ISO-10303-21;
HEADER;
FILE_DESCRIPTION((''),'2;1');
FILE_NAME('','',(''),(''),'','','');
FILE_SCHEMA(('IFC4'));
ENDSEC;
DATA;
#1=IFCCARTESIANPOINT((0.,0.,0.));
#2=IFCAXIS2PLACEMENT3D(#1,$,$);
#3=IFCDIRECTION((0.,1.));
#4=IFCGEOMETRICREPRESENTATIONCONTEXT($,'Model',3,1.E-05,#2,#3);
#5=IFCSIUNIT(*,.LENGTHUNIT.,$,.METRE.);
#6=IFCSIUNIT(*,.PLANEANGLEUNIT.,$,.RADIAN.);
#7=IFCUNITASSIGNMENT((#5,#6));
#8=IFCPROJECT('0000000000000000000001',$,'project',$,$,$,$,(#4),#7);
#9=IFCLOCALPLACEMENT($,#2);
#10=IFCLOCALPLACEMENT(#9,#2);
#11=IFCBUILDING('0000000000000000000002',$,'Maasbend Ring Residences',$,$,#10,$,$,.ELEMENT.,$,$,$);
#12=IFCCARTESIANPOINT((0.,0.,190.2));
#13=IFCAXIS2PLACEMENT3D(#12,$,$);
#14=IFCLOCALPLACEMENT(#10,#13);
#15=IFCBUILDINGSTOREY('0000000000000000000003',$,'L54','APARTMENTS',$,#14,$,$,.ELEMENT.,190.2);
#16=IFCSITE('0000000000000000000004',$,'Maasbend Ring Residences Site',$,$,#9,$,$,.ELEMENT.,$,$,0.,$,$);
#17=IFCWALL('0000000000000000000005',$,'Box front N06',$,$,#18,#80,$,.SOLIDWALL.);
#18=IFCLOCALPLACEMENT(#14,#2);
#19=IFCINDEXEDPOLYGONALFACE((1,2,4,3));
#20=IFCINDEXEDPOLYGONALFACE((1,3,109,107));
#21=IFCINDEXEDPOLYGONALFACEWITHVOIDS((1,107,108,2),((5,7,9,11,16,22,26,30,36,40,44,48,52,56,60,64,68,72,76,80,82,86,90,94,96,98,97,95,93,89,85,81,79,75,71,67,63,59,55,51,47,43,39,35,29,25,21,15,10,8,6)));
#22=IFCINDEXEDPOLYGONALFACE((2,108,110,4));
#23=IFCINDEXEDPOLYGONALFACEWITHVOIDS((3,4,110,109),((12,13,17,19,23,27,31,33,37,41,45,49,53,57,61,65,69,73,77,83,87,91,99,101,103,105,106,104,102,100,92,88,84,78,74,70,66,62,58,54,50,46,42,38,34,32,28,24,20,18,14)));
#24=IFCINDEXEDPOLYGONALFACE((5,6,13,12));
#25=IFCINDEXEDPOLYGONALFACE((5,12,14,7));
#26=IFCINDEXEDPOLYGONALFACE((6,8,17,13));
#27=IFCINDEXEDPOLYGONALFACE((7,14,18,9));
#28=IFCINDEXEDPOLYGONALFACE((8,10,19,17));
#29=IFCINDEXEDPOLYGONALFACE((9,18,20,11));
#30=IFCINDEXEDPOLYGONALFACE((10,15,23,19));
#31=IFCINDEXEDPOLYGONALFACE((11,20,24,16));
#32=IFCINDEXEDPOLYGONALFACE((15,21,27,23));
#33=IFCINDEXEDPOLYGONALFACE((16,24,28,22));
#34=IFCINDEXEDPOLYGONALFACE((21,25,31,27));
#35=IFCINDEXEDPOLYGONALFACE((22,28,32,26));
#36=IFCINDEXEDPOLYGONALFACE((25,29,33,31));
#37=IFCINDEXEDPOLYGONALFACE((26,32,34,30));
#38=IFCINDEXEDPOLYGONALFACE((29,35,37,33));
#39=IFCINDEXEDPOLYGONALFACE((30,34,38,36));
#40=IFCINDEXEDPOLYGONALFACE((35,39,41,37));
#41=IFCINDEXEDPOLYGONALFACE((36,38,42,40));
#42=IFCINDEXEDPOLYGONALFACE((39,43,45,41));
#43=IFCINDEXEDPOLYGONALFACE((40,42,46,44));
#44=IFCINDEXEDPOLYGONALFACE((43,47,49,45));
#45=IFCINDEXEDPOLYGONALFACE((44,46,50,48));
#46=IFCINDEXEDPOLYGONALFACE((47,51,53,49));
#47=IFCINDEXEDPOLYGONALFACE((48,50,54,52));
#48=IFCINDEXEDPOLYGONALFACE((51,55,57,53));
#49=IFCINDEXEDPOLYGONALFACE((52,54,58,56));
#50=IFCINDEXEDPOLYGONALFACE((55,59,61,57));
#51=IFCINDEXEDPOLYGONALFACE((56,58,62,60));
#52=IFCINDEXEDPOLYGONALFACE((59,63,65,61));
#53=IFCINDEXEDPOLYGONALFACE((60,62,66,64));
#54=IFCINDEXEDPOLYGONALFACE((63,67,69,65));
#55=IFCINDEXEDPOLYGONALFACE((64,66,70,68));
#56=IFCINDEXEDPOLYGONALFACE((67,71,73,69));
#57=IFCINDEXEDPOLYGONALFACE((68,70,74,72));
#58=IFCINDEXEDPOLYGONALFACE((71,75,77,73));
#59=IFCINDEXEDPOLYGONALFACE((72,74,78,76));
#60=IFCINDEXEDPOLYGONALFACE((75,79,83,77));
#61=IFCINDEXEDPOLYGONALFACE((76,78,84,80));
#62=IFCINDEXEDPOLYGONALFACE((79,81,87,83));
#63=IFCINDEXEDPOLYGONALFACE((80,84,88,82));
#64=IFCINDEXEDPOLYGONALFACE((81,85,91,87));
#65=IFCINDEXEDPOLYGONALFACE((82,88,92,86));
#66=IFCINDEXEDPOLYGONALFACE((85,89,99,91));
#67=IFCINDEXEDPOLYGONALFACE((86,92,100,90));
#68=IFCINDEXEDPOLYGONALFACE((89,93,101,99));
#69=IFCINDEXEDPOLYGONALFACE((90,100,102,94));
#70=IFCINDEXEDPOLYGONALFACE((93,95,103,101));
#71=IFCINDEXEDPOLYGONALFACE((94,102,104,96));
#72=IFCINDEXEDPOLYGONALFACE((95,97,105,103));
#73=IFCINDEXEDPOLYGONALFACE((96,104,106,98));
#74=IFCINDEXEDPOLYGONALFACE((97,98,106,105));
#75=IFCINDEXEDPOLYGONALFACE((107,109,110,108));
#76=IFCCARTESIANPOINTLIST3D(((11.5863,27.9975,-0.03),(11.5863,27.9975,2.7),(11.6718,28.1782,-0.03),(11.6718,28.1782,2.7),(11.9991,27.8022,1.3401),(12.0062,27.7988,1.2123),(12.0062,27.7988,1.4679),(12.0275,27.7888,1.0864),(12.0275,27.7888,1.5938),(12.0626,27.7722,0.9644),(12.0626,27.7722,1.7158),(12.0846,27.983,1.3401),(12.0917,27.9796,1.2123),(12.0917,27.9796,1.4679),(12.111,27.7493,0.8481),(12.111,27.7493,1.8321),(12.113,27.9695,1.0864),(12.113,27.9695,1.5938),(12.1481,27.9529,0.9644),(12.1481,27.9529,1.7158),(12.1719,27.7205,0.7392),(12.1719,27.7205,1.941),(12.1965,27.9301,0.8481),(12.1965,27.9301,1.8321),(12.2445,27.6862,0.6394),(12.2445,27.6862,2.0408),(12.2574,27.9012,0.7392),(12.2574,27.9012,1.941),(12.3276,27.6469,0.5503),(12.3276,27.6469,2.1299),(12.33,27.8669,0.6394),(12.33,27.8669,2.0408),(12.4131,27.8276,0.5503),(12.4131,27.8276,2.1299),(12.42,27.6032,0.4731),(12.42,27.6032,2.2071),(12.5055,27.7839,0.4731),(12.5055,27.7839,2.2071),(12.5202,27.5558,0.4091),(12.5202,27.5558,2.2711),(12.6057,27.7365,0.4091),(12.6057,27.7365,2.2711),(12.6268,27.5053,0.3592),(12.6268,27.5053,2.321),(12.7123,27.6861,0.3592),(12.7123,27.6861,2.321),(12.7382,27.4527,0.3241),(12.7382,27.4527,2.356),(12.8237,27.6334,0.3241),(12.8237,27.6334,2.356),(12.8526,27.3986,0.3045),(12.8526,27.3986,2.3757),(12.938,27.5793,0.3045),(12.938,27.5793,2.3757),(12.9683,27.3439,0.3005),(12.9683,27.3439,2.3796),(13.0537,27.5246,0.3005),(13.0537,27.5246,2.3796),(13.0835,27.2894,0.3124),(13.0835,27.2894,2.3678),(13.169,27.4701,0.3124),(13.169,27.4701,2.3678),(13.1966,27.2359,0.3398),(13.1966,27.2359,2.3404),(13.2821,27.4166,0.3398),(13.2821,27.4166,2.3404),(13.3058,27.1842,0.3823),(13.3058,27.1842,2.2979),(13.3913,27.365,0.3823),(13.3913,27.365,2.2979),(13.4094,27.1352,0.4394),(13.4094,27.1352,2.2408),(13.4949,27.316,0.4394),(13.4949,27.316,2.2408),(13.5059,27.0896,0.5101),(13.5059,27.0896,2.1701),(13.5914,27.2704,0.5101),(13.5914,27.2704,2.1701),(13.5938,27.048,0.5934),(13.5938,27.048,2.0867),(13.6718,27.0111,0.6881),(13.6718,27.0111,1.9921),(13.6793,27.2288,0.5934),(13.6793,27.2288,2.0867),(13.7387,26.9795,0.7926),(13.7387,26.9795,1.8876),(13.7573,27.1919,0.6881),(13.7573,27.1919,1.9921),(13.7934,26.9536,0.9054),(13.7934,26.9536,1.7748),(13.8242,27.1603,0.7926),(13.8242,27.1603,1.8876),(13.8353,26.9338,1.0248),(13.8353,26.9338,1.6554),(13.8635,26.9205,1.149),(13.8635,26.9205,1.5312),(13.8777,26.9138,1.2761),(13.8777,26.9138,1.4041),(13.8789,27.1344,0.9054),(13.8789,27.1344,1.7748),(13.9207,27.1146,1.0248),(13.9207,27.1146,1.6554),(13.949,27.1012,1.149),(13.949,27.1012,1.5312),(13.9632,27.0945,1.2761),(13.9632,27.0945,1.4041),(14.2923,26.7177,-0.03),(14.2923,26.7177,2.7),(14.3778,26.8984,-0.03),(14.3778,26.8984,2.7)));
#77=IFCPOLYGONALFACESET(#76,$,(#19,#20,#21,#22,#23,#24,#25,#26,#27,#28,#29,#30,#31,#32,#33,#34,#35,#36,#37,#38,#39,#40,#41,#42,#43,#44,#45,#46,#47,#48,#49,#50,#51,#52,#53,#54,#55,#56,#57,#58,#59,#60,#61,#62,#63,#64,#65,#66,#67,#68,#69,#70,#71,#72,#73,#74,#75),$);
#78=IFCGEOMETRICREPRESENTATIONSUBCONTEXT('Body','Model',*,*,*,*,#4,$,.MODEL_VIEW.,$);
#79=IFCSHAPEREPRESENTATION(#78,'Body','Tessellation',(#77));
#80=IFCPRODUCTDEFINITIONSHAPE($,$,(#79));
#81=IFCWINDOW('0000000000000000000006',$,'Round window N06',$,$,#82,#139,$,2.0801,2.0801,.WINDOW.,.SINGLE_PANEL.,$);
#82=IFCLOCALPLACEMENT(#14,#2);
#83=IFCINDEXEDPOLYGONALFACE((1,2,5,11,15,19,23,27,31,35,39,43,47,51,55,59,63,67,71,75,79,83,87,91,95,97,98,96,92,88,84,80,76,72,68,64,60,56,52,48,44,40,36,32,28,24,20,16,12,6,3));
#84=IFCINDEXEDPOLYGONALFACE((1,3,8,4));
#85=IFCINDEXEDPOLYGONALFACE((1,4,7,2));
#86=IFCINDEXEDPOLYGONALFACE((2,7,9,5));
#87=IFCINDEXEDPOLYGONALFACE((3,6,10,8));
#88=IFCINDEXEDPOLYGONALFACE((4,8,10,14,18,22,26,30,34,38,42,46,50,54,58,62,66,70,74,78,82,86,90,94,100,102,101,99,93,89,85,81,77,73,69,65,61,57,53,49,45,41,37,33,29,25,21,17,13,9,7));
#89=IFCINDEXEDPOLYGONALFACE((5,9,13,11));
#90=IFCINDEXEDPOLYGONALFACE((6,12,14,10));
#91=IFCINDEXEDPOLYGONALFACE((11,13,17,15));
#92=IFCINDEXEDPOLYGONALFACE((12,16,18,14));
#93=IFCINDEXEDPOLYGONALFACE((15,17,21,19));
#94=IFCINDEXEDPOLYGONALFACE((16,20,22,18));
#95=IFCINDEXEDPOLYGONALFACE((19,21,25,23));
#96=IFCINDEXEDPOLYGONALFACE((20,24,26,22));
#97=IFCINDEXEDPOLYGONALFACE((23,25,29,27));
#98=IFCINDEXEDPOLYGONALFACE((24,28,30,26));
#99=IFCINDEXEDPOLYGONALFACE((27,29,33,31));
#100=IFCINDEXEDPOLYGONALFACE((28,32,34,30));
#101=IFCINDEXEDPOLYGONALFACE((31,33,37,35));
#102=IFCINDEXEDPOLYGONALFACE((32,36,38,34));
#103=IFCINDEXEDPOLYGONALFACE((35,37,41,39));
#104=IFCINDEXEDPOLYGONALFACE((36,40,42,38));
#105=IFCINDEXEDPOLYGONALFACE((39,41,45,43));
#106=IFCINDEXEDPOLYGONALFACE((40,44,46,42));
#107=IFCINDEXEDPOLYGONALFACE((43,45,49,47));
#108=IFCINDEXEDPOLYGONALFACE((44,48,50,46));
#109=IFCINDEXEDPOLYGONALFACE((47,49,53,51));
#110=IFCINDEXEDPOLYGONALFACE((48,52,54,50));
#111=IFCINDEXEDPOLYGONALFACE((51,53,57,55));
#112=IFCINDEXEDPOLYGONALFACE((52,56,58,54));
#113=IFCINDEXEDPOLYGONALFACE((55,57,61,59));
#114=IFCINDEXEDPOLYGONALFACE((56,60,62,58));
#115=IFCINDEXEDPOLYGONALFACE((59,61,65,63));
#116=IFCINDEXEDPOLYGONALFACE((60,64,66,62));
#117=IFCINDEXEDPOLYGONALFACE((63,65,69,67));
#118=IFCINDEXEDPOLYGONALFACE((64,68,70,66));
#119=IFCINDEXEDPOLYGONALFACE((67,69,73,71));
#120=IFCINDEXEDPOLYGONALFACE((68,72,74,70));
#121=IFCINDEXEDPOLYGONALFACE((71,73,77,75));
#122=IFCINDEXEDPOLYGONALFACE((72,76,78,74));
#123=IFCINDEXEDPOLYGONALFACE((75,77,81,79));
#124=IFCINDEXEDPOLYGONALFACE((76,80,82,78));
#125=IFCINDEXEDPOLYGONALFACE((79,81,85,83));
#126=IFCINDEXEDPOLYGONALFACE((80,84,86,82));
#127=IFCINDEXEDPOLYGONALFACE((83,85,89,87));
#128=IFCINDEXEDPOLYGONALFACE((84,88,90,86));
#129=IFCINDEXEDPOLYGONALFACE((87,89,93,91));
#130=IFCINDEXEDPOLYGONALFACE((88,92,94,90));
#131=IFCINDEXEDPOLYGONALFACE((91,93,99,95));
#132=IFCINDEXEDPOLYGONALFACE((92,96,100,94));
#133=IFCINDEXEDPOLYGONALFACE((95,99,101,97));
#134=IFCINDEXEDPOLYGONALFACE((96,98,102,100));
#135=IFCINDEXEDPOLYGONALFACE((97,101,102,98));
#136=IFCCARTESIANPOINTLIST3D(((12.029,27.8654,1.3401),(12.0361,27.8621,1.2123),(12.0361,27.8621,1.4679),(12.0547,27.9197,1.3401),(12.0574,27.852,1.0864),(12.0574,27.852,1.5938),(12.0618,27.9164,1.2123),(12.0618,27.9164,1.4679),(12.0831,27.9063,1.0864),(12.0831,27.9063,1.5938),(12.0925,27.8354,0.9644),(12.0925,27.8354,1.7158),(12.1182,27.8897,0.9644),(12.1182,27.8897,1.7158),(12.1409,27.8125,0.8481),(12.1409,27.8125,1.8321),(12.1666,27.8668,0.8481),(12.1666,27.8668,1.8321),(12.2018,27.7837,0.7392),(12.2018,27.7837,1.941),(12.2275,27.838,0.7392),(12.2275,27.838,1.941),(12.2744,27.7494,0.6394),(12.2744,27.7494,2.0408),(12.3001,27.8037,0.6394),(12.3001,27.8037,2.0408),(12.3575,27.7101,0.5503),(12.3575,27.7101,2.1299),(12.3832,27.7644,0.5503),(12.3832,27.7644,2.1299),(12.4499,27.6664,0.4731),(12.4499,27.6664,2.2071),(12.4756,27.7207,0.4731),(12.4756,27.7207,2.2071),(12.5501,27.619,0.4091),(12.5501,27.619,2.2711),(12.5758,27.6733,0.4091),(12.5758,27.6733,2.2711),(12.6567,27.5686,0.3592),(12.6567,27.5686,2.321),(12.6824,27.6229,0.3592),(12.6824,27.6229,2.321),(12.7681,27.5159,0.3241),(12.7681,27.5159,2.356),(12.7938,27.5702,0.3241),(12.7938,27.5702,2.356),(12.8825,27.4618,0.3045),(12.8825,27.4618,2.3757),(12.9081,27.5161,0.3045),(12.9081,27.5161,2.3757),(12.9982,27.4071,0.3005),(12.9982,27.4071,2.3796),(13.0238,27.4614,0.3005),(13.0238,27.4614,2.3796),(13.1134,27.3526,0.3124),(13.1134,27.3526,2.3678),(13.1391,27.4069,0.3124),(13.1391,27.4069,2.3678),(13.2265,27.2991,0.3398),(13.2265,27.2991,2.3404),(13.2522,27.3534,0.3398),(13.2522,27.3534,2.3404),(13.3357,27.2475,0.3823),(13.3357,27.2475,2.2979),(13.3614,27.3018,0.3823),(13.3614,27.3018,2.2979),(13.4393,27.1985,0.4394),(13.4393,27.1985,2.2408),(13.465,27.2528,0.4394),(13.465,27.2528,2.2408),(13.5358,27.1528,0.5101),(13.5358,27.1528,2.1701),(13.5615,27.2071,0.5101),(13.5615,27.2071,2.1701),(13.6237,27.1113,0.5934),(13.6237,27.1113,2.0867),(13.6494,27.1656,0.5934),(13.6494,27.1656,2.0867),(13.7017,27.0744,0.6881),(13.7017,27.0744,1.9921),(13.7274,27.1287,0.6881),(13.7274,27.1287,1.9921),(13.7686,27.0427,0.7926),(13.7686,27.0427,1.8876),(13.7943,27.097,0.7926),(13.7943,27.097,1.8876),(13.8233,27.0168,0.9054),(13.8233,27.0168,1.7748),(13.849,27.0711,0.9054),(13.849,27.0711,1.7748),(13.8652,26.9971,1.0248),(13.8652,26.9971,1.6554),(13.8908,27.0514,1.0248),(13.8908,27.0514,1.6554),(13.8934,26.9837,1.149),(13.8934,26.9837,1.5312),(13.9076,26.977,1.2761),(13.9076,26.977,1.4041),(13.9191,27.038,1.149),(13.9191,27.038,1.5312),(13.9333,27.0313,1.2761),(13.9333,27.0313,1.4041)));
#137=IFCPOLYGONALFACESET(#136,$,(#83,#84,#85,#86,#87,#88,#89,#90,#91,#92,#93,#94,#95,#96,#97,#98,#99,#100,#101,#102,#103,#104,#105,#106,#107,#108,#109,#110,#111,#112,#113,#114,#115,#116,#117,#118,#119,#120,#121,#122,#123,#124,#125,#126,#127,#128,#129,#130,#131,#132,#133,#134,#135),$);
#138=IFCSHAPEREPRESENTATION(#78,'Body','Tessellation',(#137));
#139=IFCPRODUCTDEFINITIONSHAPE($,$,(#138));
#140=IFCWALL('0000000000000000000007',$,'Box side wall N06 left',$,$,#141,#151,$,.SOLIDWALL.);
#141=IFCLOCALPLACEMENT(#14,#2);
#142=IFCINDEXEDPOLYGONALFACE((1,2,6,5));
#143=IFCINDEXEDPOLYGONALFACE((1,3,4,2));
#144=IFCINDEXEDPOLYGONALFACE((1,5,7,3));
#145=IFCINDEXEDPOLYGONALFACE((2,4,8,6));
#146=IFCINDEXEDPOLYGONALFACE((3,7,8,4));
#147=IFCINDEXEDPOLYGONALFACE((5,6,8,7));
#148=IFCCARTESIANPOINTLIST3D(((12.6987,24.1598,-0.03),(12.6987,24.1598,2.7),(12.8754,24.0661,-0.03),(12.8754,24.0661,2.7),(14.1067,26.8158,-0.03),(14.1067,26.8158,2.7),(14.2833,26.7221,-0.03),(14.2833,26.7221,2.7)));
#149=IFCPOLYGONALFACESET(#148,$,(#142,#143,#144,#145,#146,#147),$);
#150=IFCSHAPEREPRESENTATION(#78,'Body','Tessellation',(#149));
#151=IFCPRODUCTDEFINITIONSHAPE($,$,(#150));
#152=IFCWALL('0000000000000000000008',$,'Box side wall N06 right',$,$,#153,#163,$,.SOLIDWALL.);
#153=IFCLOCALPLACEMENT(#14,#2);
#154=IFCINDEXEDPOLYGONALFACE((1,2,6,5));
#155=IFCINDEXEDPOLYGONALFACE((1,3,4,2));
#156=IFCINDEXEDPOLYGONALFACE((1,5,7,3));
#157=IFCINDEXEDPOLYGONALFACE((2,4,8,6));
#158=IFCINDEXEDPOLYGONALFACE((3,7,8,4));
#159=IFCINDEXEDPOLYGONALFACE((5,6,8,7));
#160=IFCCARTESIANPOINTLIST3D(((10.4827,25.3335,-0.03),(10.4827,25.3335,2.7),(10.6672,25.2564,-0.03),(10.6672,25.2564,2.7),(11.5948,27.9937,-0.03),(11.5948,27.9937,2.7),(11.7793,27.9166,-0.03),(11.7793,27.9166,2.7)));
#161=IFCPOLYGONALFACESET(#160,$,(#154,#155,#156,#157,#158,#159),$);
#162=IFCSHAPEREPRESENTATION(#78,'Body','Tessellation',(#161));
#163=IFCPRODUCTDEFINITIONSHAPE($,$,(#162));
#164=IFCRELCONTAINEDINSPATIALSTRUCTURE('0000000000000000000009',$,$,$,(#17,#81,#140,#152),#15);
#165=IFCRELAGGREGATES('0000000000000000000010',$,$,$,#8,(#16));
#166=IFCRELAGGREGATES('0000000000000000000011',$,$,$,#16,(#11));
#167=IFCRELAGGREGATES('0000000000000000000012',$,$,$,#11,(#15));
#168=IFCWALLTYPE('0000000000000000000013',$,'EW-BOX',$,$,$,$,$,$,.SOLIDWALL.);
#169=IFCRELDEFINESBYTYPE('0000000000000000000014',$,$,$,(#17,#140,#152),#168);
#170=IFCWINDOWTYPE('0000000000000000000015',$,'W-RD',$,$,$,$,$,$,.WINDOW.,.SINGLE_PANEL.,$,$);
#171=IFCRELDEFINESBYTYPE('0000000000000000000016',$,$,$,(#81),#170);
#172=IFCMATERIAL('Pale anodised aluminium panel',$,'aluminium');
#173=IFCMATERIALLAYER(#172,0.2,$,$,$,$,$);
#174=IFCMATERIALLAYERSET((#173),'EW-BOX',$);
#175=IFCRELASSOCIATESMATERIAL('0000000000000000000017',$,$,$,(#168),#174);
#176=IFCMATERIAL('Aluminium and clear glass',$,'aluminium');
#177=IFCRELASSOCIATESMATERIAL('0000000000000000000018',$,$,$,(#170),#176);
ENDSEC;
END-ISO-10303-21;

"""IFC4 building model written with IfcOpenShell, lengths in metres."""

from ifc_helpers import new_model, si_unit, direction, frame, frame_2d, origin, place, context, subcontext, project, spatial, rectangle, circle, extrude, material, layer, layer_set, type_object, element, fill, save


model = new_model("IFC4")

# Units and contexts
model_context = context("Model", 3, precision=1e-05, world=origin(), true_north=direction((0.0, 1.0)))
body_context = subcontext(model_context, "Body", "Model", "MODEL_VIEW")
ifc_project = project(units=[si_unit("LENGTHUNIT", "METRE"), si_unit("PLANEANGLEUNIT", "RADIAN")], contexts=[model_context])

# Site, building, storey
site_placement = place(None, origin())
site = spatial("IfcSite", under=ifc_project, at=site_placement, Name="Maasbend Ring Residences Site", CompositionType="ELEMENT", RefElevation=0.0)
building_placement = place(site_placement, origin())
building = spatial("IfcBuilding", under=site, at=building_placement, Name="Maasbend Ring Residences", CompositionType="ELEMENT")
storey_placement = place(building_placement, frame((0.0, 0.0, 190.2)))
storey = spatial("IfcBuildingStorey", under=building, at=storey_placement, Name="L54", Description="APARTMENTS", CompositionType="ELEMENT", Elevation=190.2)

# Shared definitions
ifc_material_1 = material(Name="Pale anodised aluminium panel", Category="aluminium")
ifc_layer_1 = layer(ifc_material_1, 0.2)
ifc_layer_set_1 = layer_set([ifc_layer_1], Name="EW-BOX")
wall_type_1 = type_object("IfcWallType", Name="EW-BOX", PredefinedType="SOLIDWALL", material=ifc_layer_set_1)
ifc_material_2 = material(Name="Aluminium and clear glass", Category="aluminium")
window_type_1 = type_object("IfcWindowType", Name="W-RD", PartitioningType="SINGLE_PANEL", PredefinedType="WINDOW", material=ifc_material_2)

# Wall, opening, window
wall_1_placement = place(storey_placement, frame((14.335, 26.8081, -0.03), z_axis=(0.0, 0.0, 1.0), x_axis=(-0.904, 0.427532, 0.0)))
wall_1 = element("IfcWall", 1, at=wall_1_placement, inside=storey, type_object=wall_type_1, Name="Box front N06", PredefinedType="SOLIDWALL", context=body_context, shape_type="SweptSolid", body=[
    extrude(rectangle(XDim=2.9934, YDim=0.2, at=frame_2d((1.4966, 0.0))), origin(), (0.0, 0.0, 1.0), 2.73),
])
opening_1_placement = place(wall_1_placement, frame((0.4565, 0.0, 0.3301)))
opening_1 = element("IfcOpeningElement", 2, at=opening_1_placement, cuts=wall_1, PredefinedType="OPENING", context=body_context, shape_type="SweptSolid", body=[
    extrude(circle(Radius=1.04, at=frame_2d((1.04, 1.04))), frame((0.0, 0.1099, 0.0), z_axis=(0.0, -1.0, 0.0), x_axis=(1.0, 0.0, 0.0)), (0.0, 0.0, 1.0), 0.22),
])
window_1_placement = place(opening_1_placement, origin())
window_1 = element("IfcWindow", 3, at=window_1_placement, inside=storey, type_object=window_type_1, Name="Round window N06", OverallHeight=2.0801, OverallWidth=2.0801, PartitioningType="SINGLE_PANEL", PredefinedType="WINDOW", context=body_context, shape_type="SweptSolid", body=[
    extrude(circle(Radius=1.04, at=frame_2d((1.04, 1.04))), frame((0.0, 0.03, 0.0), z_axis=(0.0, -1.0, 0.0), x_axis=(1.0, 0.0, 0.0)), (0.0, 0.0, 1.0), 0.0601),
])
fill(opening_1, window_1)

# Walls
wall_2_placement = place(storey_placement, frame((12.7871, 24.113, -0.03), z_axis=(0.0, 0.0, 1.0), x_axis=(0.468365, 0.883535, 0.0)))
element("IfcWall", 4, at=wall_2_placement, inside=storey, type_object=wall_type_1, Name="Box side wall N06 left", PredefinedType="SOLIDWALL", context=body_context, shape_type="SweptSolid", body=[
    extrude(rectangle(XDim=3.0061, YDim=0.2, at=frame_2d((1.5029, 0.0))), origin(), (0.0, 0.0, 1.0), 2.73),
])
wall_3_placement = place(storey_placement, frame((10.575, 25.2949, -0.03), z_axis=(0.0, 0.0, 1.0), x_axis=(0.385697, 0.922625, 0.0)))
element("IfcWall", 5, at=wall_3_placement, inside=storey, type_object=wall_type_1, Name="Box side wall N06 right", PredefinedType="SOLIDWALL", context=body_context, shape_type="SweptSolid", body=[
    extrude(rectangle(XDim=2.8833, YDim=0.2, at=frame_2d((1.4417, 0.0))), origin(), (0.0, 0.0, 1.0), 2.73),
])

save(model, "model.ifc")
